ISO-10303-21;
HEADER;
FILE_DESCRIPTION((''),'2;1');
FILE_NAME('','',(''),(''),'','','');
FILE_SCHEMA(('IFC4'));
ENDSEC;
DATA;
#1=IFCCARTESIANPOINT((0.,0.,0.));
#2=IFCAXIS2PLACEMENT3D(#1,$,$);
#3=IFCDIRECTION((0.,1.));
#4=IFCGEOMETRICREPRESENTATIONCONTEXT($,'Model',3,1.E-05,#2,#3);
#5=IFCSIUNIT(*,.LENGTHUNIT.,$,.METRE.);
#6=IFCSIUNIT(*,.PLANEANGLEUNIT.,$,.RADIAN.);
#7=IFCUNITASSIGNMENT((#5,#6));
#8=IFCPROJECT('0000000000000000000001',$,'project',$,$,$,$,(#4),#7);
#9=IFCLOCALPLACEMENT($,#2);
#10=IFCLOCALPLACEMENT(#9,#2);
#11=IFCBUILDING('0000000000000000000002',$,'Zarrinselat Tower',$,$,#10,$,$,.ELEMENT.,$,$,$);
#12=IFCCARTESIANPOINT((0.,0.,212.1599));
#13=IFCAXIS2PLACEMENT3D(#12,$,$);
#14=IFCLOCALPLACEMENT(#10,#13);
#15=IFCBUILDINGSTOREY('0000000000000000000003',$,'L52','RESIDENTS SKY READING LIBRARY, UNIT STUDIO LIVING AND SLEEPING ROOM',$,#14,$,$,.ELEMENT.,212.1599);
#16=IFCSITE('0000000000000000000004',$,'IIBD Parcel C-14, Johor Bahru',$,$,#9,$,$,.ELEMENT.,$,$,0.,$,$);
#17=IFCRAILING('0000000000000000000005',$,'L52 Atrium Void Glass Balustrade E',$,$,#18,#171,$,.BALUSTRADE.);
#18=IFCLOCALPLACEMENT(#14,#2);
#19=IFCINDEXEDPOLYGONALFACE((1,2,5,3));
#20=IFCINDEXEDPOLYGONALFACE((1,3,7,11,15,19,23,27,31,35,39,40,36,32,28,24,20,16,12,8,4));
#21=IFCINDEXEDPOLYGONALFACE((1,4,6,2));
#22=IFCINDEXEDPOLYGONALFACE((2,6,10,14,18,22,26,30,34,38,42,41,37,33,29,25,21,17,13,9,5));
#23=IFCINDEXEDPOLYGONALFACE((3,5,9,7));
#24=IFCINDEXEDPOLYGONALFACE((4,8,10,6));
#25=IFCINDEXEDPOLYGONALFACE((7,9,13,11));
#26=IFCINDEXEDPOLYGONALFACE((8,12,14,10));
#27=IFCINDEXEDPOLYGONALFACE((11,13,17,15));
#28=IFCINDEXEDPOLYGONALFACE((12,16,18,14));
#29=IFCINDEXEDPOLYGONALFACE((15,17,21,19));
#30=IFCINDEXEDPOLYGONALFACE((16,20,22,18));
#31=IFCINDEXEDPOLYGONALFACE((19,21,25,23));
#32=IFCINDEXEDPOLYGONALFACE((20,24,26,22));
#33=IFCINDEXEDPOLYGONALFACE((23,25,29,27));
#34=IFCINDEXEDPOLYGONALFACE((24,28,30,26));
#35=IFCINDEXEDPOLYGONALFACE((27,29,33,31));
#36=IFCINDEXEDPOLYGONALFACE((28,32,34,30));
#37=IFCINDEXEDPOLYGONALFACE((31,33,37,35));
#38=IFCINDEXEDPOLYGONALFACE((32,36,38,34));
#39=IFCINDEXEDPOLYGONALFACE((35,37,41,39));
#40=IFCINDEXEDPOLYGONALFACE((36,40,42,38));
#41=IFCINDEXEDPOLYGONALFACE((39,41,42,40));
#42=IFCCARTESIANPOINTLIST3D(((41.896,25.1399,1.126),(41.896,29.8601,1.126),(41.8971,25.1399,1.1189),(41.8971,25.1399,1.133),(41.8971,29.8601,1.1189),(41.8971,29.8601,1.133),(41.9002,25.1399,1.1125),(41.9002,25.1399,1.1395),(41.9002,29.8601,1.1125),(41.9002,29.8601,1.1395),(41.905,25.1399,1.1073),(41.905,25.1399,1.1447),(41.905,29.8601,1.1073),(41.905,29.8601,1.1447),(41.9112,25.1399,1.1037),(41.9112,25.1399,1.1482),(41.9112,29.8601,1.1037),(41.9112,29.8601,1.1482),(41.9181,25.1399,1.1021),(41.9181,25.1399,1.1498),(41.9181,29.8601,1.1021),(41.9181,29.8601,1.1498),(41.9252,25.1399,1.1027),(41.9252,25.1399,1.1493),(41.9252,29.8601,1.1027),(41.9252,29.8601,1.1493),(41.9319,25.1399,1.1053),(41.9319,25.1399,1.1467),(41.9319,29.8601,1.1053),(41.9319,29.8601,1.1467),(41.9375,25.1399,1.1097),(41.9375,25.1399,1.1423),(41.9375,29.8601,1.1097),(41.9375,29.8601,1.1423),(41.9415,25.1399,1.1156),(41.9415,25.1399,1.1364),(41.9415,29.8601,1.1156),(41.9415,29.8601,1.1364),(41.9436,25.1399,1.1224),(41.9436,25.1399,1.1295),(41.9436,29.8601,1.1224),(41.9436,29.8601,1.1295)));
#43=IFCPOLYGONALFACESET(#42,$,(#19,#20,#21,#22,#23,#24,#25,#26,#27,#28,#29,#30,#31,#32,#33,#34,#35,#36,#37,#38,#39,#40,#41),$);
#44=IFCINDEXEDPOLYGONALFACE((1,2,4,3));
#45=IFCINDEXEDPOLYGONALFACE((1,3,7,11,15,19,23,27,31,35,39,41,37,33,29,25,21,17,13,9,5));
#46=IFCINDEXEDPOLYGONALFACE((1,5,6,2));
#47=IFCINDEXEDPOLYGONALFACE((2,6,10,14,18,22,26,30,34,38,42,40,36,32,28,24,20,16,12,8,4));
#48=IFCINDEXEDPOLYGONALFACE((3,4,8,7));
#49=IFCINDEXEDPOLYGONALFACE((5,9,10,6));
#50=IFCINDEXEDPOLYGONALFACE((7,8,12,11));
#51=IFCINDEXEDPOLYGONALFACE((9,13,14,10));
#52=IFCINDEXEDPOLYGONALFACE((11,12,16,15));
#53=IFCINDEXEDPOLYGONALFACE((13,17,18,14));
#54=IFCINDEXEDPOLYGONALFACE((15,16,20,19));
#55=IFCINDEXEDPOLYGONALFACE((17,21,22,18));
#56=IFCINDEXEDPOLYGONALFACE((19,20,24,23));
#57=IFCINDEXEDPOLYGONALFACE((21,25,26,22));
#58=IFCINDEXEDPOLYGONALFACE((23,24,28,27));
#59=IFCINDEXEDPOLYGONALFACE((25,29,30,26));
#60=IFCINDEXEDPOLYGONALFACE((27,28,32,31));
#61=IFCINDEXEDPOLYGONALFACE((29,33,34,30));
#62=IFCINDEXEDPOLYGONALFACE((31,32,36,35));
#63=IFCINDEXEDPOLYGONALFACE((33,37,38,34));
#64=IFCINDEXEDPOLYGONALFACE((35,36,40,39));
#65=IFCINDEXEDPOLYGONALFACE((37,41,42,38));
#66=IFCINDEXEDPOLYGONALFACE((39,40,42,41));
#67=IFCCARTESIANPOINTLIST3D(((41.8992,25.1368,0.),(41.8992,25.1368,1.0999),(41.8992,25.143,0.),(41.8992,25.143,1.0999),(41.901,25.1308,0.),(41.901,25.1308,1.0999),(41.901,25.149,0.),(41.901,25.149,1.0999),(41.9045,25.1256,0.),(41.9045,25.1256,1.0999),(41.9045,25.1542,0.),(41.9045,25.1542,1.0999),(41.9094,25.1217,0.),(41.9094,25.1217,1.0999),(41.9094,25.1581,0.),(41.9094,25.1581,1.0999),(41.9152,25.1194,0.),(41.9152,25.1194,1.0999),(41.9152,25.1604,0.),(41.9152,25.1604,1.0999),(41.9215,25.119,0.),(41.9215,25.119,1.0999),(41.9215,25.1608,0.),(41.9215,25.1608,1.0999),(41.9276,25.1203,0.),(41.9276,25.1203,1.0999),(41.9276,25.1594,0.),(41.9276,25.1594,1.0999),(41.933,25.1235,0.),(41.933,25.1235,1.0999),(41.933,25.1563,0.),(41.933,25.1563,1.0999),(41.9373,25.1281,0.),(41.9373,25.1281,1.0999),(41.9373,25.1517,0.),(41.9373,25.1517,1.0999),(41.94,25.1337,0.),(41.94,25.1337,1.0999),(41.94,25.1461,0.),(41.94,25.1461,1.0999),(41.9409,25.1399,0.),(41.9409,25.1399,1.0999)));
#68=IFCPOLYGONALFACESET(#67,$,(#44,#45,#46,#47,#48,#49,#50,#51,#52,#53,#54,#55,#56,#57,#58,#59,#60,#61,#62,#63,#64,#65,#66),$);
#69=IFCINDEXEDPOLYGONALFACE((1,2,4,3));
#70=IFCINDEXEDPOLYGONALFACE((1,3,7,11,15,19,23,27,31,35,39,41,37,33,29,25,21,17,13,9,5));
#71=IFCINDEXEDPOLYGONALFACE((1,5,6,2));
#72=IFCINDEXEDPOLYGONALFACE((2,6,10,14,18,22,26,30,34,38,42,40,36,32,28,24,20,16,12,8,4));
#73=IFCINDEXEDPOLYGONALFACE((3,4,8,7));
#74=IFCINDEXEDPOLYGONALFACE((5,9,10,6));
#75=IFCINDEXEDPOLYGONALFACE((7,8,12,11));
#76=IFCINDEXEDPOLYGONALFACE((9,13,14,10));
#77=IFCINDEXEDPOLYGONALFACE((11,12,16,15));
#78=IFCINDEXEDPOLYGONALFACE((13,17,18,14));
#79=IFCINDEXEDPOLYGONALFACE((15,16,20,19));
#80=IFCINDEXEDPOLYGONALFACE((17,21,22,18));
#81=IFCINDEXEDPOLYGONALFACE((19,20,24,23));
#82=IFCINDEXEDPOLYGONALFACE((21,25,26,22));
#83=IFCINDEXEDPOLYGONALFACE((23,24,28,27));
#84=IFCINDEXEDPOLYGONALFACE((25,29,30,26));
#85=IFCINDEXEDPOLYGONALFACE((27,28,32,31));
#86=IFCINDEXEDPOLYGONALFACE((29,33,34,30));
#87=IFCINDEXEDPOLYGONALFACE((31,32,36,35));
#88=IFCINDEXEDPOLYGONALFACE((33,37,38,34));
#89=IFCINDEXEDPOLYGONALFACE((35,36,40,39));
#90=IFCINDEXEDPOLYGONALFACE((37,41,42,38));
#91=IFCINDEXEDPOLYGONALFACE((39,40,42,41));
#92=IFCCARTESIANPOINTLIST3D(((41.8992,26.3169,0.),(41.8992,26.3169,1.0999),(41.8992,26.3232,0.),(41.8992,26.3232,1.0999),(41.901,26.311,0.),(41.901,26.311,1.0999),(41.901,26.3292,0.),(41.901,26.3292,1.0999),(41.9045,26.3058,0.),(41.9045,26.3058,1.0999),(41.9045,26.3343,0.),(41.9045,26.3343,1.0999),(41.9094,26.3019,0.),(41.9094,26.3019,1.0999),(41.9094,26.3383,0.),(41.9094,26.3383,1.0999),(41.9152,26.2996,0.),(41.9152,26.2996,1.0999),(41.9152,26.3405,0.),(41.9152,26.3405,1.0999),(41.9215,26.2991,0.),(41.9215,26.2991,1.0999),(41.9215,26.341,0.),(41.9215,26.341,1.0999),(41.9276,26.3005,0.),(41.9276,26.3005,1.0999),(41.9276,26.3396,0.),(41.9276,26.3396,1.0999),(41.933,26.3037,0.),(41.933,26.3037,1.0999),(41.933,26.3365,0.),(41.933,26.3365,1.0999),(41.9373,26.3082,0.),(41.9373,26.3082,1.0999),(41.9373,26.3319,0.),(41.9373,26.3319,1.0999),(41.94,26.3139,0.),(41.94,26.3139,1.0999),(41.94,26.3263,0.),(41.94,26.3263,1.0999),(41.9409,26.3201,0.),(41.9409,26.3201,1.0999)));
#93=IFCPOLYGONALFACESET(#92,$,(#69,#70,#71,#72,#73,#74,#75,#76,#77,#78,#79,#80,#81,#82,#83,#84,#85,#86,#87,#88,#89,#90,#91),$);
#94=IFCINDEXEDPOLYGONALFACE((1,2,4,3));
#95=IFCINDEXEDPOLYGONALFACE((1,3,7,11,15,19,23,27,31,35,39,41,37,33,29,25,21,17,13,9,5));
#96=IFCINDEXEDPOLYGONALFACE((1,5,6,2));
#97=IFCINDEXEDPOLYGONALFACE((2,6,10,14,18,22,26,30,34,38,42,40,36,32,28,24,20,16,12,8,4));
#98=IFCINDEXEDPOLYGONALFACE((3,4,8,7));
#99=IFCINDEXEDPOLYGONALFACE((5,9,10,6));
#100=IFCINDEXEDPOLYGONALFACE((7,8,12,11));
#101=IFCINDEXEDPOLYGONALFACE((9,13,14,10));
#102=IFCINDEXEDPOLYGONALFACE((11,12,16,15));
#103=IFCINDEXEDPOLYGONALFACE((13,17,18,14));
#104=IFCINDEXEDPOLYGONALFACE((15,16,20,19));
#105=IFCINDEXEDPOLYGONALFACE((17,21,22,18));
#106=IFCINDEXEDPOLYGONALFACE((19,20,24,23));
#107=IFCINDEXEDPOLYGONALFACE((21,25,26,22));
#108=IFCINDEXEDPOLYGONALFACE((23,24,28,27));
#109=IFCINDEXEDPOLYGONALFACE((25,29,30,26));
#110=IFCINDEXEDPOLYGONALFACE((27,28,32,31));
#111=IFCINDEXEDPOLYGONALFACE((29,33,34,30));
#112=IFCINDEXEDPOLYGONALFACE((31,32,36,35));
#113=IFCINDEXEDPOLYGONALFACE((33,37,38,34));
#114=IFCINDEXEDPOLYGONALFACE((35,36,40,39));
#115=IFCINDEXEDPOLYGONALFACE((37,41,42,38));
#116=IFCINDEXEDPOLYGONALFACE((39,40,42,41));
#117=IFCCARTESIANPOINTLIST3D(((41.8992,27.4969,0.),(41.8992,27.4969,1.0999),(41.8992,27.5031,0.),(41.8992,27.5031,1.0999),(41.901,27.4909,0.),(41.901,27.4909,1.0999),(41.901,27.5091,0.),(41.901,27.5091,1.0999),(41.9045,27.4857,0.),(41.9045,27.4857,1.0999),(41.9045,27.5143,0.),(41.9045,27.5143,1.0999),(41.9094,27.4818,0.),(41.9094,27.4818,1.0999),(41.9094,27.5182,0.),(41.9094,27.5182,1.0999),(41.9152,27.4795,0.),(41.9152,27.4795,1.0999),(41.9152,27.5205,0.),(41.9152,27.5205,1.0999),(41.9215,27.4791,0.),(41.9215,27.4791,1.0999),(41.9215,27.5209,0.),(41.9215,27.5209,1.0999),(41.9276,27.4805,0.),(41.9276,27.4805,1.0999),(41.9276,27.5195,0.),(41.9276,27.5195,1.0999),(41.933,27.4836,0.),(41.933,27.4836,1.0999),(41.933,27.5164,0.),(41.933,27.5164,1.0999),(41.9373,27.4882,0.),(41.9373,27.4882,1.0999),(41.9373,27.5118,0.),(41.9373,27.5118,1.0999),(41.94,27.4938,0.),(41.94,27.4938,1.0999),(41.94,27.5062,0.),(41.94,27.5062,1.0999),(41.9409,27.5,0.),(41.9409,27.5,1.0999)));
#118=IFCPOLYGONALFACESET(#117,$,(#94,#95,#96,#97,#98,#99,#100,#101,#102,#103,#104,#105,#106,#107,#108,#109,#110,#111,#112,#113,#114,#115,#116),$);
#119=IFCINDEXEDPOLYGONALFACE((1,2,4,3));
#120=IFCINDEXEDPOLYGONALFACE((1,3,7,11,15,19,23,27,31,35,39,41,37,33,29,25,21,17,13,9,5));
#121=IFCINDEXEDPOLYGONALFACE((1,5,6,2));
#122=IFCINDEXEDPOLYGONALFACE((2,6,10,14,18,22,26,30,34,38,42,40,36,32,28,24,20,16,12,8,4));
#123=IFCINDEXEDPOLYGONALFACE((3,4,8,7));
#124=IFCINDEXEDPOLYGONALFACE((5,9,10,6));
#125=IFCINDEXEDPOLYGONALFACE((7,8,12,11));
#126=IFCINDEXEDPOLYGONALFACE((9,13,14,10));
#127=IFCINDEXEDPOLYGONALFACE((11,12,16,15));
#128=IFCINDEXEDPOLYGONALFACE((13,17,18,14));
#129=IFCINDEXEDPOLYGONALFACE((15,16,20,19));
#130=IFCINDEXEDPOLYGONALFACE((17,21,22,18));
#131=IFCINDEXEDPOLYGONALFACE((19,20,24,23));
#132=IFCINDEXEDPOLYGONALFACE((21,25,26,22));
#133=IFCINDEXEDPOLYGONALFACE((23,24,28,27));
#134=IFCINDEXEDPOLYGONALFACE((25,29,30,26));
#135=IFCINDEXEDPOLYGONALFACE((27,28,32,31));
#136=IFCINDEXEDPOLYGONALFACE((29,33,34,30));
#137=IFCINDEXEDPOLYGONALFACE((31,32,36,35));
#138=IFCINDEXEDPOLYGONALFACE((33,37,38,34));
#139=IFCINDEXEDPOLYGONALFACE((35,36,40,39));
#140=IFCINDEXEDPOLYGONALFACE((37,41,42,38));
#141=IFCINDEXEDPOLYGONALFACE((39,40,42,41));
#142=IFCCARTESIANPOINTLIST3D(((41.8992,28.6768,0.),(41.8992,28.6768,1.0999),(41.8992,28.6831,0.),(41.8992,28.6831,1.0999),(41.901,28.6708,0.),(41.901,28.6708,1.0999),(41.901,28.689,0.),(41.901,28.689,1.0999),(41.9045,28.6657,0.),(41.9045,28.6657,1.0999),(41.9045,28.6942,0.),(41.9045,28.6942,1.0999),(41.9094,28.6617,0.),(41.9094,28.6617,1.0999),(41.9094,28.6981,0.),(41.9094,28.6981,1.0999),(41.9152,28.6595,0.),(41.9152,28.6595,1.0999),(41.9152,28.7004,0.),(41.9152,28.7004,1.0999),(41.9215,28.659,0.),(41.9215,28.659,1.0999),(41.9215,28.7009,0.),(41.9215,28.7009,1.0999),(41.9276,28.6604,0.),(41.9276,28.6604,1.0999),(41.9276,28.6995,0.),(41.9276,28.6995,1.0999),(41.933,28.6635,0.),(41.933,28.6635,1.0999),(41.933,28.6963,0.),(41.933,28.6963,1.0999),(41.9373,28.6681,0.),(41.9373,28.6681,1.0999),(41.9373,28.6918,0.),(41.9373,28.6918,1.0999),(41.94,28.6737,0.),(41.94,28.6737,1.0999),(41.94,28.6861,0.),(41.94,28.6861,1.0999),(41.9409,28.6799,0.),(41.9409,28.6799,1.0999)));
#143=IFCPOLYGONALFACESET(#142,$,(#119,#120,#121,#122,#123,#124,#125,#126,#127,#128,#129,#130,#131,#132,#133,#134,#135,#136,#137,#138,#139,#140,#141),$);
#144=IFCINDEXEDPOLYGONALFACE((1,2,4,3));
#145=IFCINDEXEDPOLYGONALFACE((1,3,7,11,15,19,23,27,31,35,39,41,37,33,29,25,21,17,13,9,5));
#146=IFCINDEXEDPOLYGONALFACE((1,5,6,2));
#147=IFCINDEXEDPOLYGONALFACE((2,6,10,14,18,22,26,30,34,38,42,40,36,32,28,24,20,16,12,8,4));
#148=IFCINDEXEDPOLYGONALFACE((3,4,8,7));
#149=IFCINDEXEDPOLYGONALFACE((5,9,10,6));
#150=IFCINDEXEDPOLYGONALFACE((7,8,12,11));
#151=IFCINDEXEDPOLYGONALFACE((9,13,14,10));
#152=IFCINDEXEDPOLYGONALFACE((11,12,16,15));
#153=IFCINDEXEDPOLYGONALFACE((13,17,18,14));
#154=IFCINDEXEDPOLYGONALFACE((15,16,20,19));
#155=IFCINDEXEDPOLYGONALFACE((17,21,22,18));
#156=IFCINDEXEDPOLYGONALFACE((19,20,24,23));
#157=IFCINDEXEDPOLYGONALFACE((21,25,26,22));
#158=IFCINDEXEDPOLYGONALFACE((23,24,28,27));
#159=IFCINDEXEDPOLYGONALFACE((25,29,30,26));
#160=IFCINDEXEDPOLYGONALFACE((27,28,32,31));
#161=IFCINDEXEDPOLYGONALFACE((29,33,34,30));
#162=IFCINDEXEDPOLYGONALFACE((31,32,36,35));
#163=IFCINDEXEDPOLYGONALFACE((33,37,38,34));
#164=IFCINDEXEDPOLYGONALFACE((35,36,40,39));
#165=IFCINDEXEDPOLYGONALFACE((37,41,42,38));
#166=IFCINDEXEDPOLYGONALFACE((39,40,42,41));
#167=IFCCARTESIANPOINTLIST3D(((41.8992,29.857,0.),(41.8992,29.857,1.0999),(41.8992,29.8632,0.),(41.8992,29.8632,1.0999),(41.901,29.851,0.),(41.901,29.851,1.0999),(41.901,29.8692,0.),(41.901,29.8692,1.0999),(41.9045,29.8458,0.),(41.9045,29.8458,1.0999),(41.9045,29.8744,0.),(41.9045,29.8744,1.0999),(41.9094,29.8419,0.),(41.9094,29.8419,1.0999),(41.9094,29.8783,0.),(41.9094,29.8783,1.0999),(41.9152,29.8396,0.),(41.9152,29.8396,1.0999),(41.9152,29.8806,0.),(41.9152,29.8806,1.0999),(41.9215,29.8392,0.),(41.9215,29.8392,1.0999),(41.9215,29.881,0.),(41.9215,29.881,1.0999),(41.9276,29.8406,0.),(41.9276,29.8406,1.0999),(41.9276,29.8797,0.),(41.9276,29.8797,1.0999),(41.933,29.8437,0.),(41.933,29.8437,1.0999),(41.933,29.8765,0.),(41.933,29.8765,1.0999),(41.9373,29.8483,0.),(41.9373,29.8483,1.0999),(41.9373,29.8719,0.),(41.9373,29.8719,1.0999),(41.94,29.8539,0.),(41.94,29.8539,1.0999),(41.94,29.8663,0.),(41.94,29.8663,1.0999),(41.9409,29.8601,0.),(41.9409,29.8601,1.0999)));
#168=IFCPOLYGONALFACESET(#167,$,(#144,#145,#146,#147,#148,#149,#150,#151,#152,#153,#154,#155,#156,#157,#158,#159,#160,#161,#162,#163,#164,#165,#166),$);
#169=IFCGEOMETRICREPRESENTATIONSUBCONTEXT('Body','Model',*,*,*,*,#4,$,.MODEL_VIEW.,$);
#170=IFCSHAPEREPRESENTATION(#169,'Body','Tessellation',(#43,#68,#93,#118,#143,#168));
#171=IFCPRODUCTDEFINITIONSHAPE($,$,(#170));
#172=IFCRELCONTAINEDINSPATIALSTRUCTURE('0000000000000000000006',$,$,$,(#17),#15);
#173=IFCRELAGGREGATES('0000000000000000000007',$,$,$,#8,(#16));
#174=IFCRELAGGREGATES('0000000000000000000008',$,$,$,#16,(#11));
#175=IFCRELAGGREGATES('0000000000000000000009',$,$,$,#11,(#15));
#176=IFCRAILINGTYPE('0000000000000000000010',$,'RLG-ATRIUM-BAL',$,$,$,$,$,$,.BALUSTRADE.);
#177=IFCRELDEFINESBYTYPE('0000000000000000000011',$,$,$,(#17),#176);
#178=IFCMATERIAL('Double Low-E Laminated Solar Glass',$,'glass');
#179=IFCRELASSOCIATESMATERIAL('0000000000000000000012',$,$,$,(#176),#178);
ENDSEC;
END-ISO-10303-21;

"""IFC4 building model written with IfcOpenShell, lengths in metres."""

from ifc_helpers import new_model, si_unit, direction, frame, origin, origin_2d, place, context, subcontext, project, spatial, circle, extrude, material, type_object, element, save


model = new_model("IFC4")

# Units and contexts
model_context = context("Model", 3, precision=1e-05, world=origin(), true_north=direction((0.0, 1.0)))
body_context = subcontext(model_context, "Body", "Model", "MODEL_VIEW")
ifc_project = project(units=[si_unit("LENGTHUNIT", "METRE"), si_unit("PLANEANGLEUNIT", "RADIAN")], contexts=[model_context])

# Site, building, storey
site_placement = place(None, origin())
site = spatial("IfcSite", under=ifc_project, at=site_placement, Name="IIBD Parcel C-14, Johor Bahru", CompositionType="ELEMENT", RefElevation=0.0)
building_placement = place(site_placement, origin())
building = spatial("IfcBuilding", under=site, at=building_placement, Name="Zarrinselat Tower", CompositionType="ELEMENT")
storey_placement = place(building_placement, frame((0.0, 0.0, 212.1599)))
storey = spatial("IfcBuildingStorey", under=building, at=storey_placement, Name="L52", Description="RESIDENTS SKY READING LIBRARY, UNIT STUDIO LIVING AND SLEEPING ROOM", CompositionType="ELEMENT", Elevation=212.1599)

# Railing
ifc_material_1 = material(Name="Double Low-E Laminated Solar Glass", Category="glass")
railing_type_1 = type_object("IfcRailingType", Name="RLG-ATRIUM-BAL", PredefinedType="BALUSTRADE", material=ifc_material_1)
railing_1_placement = place(storey_placement, frame((41.9199, 25.1399, 0.0)))
element("IfcRailing", 1, at=railing_1_placement, inside=storey, type_object=railing_type_1, Name="L52 Atrium Void Glass Balustrade E", PredefinedType="BALUSTRADE", context=body_context, shape_type="SweptSolid", body=[
    extrude(circle(Radius=0.0239, at=origin_2d()), frame((0.0, 0.0, 1.126), z_axis=(0.0, 1.0, 0.0), x_axis=(-1.0, 0.0, 0.0)), (0.0, 0.0, 1.0), 4.7202),
    extrude(circle(Radius=0.021, at=origin_2d()), origin(), (0.0, 0.0, 1.0), 1.0999),
    extrude(circle(Radius=0.021, at=origin_2d()), frame((0.0, 1.1802, 0.0)), (0.0, 0.0, 1.0), 1.0999),
    extrude(circle(Radius=0.021, at=origin_2d()), frame((0.0, 2.3601, 0.0)), (0.0, 0.0, 1.0), 1.0999),
    extrude(circle(Radius=0.021, at=origin_2d()), frame((0.0, 3.54, 0.0)), (0.0, 0.0, 1.0), 1.0999),
    extrude(circle(Radius=0.021, at=origin_2d()), frame((0.0, 4.7202, 0.0)), (0.0, 0.0, 1.0), 1.0999),
])

save(model, "model.ifc")
